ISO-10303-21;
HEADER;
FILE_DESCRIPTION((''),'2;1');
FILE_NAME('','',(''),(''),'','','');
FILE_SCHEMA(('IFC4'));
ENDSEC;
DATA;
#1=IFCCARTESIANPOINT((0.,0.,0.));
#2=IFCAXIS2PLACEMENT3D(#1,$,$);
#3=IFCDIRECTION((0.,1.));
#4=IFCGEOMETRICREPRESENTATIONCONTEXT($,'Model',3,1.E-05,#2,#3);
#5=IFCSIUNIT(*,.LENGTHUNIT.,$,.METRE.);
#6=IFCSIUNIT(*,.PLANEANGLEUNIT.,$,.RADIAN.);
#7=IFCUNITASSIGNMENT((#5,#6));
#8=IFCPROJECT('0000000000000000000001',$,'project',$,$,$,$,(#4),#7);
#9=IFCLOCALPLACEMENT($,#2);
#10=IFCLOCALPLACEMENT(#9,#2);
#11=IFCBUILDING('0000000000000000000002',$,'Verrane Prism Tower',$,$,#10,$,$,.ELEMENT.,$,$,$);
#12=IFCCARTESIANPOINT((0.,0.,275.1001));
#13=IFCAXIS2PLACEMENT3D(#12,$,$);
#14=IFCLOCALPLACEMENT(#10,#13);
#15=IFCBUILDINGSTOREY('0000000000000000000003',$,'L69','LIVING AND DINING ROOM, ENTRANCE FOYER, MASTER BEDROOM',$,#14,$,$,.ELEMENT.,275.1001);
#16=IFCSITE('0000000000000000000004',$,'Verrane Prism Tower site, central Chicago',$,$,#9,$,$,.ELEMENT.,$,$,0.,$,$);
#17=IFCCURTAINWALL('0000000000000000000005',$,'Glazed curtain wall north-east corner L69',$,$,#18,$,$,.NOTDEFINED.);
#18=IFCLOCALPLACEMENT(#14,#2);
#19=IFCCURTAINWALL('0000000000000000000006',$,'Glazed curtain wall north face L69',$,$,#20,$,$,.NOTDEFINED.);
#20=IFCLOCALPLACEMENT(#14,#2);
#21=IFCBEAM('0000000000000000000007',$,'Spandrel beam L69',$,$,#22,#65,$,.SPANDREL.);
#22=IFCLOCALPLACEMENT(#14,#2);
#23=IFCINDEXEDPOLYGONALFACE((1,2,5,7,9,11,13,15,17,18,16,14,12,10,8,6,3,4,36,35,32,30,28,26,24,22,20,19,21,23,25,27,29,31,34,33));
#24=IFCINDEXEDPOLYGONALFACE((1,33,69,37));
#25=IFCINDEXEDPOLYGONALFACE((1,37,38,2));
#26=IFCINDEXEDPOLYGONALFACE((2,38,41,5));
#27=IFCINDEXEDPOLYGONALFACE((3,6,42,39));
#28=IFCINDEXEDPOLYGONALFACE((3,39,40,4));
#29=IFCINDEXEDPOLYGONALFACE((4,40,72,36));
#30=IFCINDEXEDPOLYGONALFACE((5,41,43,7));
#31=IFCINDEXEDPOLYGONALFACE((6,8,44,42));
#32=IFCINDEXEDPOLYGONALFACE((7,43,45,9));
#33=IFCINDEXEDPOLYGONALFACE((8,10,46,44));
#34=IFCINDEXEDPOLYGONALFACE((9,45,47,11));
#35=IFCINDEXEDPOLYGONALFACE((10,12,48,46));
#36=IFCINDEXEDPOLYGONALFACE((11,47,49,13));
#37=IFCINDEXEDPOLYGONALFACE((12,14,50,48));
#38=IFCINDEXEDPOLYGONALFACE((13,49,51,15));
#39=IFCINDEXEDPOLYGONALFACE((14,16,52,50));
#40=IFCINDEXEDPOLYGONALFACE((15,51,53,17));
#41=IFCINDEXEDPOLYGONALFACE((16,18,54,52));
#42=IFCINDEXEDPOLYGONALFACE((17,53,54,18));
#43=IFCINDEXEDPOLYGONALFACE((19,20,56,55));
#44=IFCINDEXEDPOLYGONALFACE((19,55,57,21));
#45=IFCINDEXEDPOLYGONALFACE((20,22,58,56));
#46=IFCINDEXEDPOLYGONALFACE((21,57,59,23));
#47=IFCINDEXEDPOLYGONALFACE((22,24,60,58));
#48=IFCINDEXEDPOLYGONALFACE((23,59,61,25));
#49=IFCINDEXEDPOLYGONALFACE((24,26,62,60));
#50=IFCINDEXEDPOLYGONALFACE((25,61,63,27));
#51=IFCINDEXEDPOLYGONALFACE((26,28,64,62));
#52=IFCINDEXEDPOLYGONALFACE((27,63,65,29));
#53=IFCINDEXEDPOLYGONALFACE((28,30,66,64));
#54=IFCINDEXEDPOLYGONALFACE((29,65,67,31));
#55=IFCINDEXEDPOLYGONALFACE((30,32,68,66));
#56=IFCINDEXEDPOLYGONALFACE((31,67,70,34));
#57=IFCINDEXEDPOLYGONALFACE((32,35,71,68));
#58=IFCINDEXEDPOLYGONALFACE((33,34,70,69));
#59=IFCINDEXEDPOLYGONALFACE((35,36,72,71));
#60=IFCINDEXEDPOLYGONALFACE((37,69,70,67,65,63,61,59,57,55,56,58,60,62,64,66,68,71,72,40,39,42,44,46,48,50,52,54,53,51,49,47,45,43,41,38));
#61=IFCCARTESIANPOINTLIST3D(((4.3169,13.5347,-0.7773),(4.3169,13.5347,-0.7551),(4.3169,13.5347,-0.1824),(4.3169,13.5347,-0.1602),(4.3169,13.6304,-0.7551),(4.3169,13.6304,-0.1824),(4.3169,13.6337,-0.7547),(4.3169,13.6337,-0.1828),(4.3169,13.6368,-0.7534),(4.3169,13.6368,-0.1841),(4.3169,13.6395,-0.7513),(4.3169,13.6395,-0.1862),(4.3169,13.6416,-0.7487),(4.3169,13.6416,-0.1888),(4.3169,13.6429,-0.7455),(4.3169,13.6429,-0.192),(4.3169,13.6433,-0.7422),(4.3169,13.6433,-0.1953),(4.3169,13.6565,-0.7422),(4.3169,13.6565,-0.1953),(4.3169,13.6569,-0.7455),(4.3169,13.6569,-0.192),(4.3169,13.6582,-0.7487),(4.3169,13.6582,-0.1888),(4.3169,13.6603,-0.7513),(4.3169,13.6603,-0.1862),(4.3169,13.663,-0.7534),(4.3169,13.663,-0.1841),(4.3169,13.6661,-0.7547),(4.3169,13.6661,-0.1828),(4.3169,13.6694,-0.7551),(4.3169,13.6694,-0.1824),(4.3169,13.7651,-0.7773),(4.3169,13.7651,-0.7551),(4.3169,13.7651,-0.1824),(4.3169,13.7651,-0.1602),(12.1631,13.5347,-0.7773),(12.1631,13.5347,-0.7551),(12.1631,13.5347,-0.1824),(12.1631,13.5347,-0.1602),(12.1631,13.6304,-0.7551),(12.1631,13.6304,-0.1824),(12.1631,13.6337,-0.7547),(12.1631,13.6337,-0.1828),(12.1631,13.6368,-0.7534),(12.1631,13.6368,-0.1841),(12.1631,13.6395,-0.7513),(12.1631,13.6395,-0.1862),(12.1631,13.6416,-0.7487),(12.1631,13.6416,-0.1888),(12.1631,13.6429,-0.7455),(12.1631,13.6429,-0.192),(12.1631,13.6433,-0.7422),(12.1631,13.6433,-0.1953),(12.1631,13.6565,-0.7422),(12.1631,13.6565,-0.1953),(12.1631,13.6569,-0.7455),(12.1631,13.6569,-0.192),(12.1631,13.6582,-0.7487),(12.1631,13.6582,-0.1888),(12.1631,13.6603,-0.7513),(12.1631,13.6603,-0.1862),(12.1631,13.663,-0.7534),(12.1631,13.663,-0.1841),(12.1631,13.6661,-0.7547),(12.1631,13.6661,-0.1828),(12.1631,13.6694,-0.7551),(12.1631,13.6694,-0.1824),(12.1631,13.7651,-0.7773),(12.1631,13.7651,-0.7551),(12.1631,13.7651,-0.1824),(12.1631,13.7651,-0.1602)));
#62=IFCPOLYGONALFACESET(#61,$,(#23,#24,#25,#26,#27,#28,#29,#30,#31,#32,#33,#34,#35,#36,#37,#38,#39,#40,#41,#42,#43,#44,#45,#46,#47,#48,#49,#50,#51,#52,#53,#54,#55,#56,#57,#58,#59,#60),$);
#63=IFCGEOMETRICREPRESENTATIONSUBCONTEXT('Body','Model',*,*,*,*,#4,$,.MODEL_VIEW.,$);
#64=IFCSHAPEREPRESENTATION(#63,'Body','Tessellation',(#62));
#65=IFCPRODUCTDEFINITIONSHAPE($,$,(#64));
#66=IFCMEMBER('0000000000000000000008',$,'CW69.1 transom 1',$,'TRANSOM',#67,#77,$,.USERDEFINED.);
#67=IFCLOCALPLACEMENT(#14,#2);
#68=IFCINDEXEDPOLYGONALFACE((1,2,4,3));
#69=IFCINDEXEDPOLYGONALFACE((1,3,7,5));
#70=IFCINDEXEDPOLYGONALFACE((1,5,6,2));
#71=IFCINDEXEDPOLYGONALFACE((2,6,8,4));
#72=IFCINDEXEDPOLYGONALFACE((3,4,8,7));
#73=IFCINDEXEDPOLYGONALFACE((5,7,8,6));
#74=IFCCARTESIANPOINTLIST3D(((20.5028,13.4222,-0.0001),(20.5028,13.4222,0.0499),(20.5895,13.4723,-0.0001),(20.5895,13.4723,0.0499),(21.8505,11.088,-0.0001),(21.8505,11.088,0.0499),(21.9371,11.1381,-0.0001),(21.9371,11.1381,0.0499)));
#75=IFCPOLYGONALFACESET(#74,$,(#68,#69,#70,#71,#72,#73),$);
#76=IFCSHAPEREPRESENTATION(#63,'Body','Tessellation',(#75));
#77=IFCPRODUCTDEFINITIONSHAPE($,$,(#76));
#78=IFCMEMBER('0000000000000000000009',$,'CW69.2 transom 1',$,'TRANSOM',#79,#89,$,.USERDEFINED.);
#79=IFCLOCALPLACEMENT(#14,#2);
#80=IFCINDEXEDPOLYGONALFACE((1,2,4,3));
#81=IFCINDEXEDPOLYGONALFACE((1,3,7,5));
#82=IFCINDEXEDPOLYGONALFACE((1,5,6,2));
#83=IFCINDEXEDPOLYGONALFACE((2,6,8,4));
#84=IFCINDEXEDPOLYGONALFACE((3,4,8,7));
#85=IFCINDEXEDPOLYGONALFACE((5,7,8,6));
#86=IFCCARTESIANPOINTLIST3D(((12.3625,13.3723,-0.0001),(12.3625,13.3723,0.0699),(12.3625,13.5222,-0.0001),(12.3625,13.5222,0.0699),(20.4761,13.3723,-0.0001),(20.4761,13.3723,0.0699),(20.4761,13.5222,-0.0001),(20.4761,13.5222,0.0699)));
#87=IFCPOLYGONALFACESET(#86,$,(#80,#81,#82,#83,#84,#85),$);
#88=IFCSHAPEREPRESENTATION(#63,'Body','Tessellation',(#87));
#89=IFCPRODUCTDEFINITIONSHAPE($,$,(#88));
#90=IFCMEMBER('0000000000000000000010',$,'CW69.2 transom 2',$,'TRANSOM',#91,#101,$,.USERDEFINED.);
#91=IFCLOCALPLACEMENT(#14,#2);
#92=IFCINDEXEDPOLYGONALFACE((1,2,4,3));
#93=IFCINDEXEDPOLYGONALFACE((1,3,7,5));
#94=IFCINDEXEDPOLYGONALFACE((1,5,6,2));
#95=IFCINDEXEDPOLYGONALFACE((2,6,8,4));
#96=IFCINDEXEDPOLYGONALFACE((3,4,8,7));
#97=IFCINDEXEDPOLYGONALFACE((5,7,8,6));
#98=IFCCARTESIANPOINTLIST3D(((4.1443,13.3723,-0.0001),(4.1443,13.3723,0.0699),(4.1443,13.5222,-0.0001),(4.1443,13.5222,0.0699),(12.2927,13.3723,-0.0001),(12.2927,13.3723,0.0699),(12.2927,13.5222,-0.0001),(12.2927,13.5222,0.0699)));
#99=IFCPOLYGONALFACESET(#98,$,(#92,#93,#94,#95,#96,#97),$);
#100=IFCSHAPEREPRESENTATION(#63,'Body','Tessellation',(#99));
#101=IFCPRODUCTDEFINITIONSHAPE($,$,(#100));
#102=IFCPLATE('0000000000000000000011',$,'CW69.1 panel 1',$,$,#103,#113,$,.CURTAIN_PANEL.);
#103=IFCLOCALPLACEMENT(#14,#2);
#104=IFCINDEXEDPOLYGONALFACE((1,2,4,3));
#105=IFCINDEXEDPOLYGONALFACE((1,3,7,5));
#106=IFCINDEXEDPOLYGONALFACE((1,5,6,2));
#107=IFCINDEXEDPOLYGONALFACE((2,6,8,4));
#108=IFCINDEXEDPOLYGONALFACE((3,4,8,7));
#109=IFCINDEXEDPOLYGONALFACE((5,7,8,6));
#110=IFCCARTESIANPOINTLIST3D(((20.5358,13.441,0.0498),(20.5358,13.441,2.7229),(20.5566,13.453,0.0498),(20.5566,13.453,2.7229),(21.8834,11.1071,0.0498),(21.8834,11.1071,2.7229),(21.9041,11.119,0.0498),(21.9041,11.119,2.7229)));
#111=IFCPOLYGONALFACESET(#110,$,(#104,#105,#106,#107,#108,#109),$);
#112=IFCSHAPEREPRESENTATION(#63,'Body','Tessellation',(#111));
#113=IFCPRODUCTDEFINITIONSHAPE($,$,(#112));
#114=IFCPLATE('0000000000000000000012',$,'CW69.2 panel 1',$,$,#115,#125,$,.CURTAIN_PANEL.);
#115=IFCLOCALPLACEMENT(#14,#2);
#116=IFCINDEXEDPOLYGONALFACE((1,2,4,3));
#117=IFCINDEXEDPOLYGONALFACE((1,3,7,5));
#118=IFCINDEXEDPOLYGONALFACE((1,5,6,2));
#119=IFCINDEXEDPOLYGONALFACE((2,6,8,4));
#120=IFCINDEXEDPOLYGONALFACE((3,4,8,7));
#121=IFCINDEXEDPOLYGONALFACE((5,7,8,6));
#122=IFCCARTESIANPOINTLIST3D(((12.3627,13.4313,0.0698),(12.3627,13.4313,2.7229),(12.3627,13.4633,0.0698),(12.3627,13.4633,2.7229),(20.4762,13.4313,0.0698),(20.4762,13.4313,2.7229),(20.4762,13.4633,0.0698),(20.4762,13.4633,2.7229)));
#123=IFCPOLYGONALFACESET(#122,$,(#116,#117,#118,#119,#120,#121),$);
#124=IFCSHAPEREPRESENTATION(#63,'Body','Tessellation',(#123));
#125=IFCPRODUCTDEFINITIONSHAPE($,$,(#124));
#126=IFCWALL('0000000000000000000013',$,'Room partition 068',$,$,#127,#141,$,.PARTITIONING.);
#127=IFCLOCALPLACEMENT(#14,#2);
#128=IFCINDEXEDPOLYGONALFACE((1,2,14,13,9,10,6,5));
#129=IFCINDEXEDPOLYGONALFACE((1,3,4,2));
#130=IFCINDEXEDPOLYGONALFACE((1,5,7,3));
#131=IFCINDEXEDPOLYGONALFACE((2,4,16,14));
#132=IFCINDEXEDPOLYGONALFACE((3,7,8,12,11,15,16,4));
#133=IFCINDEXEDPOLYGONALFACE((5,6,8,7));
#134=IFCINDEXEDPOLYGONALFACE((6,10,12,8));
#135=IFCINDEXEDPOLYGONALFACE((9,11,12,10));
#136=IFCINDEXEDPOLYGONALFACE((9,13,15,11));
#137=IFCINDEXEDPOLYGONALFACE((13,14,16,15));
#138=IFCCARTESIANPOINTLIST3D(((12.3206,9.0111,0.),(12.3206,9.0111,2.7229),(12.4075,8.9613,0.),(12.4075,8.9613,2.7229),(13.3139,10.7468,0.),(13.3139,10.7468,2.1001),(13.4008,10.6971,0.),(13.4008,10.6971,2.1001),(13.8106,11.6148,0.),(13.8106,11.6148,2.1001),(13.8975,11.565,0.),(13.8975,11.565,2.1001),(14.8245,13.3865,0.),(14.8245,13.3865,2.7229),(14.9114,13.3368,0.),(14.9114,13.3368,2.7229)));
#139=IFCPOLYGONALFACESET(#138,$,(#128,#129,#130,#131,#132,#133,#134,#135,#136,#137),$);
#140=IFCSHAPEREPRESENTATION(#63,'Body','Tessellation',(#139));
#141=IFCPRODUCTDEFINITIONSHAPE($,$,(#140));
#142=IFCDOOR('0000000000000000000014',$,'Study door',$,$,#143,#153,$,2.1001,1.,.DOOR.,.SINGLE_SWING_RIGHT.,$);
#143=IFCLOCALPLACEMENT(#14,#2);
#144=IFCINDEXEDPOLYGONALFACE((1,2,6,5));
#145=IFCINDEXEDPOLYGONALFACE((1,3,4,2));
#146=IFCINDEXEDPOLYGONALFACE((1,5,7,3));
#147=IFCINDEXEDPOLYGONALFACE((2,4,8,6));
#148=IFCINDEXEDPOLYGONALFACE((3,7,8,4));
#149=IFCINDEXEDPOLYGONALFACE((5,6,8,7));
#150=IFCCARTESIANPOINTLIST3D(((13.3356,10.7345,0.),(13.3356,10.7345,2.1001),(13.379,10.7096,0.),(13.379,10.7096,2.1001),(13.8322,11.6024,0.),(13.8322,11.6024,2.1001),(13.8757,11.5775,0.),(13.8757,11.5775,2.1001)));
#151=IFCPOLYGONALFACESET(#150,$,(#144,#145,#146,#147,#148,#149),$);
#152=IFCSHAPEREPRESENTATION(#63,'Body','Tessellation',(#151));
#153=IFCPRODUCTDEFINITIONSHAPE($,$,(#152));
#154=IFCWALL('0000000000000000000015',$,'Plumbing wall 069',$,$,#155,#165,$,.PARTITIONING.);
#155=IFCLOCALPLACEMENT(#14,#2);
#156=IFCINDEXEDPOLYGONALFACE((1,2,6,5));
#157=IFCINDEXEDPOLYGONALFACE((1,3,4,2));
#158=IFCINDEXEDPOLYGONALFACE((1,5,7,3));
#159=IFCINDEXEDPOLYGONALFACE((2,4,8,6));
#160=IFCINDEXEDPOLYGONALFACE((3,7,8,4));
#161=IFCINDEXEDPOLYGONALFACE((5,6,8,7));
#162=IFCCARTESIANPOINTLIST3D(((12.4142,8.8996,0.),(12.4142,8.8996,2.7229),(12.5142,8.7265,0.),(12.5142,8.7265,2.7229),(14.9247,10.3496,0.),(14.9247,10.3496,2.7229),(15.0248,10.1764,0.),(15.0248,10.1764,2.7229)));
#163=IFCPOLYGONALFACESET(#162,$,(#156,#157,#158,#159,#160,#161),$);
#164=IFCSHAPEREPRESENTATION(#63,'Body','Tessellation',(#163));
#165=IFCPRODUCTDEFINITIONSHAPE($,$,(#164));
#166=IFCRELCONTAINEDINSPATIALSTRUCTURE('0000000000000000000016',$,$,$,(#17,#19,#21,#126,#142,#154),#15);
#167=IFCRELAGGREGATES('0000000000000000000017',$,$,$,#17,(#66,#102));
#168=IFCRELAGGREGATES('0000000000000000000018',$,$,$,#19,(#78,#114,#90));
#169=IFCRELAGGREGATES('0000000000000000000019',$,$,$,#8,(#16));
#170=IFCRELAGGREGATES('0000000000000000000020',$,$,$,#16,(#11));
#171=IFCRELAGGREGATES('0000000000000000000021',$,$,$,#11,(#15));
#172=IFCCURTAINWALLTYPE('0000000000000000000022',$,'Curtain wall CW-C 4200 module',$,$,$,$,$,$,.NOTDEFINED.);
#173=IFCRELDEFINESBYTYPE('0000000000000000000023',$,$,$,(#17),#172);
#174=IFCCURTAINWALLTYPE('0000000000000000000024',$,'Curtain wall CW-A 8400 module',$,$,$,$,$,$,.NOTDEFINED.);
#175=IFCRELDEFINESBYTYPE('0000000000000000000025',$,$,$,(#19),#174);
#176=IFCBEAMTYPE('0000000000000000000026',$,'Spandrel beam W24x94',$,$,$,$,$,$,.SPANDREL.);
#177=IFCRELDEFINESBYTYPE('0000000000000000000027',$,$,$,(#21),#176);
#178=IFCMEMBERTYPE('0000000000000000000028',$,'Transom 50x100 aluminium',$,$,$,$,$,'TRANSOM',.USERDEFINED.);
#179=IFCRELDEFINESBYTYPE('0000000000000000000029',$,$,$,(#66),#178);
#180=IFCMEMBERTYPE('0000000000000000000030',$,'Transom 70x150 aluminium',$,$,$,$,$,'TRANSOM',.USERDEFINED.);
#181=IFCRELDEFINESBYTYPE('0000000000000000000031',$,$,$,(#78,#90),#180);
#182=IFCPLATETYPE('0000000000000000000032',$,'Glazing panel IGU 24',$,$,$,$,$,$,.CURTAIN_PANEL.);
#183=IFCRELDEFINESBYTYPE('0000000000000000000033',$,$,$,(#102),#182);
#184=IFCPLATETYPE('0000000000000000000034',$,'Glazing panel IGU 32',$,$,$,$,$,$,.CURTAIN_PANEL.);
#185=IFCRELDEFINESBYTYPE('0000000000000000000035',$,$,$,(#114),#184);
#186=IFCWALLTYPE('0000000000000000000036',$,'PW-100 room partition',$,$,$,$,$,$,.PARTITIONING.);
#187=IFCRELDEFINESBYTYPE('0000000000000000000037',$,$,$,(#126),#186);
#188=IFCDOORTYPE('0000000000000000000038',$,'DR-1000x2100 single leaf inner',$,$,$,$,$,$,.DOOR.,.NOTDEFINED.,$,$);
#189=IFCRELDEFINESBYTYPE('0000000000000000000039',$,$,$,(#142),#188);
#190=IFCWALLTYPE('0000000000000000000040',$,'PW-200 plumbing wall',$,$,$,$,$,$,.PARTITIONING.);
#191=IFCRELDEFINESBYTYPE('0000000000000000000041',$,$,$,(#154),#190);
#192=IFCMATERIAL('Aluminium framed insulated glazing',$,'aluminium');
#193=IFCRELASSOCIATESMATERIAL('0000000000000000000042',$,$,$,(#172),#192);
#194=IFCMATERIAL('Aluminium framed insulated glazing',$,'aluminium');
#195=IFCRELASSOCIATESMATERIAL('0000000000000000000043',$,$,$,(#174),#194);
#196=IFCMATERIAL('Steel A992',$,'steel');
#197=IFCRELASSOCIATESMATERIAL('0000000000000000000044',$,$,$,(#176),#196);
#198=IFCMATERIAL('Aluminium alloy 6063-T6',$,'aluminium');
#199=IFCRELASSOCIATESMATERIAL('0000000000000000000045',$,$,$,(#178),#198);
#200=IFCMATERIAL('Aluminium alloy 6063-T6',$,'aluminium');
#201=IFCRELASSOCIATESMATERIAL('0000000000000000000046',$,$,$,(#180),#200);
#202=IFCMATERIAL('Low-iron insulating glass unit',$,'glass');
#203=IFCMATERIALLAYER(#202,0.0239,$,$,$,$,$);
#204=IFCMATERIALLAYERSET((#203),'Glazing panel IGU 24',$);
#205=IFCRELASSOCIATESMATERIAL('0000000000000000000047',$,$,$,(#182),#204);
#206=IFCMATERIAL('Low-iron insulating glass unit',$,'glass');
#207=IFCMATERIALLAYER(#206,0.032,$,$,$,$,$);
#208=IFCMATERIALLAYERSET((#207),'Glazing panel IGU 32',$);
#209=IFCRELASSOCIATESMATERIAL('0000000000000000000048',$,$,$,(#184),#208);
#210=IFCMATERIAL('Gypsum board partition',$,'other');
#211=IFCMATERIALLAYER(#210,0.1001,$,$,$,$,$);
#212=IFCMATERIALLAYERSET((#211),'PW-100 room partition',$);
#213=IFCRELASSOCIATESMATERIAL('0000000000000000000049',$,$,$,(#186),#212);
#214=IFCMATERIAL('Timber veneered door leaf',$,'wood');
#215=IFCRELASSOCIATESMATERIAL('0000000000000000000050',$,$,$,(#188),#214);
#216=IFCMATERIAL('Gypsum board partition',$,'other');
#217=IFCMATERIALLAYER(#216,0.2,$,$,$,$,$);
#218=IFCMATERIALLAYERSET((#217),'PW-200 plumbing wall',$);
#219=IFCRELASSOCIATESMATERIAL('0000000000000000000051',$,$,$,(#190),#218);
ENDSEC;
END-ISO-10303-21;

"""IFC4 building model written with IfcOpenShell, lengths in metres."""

from ifc_helpers import new_model, si_unit, direction, frame, frame_2d, origin, origin_2d, place, context, subcontext, project, spatial, rectangle, i_section, extrude, material, layer, layer_set, material_profile, profile_set, type_object, element, fill, aggregate, save


model = new_model("IFC4")

# Units and contexts
model_context = context("Model", 3, precision=1e-05, world=origin(), true_north=direction((0.0, 1.0)))
body_context = subcontext(model_context, "Body", "Model", "MODEL_VIEW")
ifc_project = project(units=[si_unit("LENGTHUNIT", "METRE"), si_unit("PLANEANGLEUNIT", "RADIAN")], contexts=[model_context])

# Site, building, storey
site_placement = place(None, origin())
site = spatial("IfcSite", under=ifc_project, at=site_placement, Name="Verrane Prism Tower site, central Chicago", CompositionType="ELEMENT", RefElevation=0.0)
building_placement = place(site_placement, origin())
building = spatial("IfcBuilding", under=site, at=building_placement, Name="Verrane Prism Tower", CompositionType="ELEMENT")
storey_placement = place(building_placement, frame((0.0, 0.0, 275.1001)))
storey = spatial("IfcBuildingStorey", under=building, at=storey_placement, Name="L69", Description="LIVING AND DINING ROOM, ENTRANCE FOYER, MASTER BEDROOM", CompositionType="ELEMENT", Elevation=275.1001)

# Curtain wall
ifc_material_1 = material(Name="Aluminium framed insulated glazing", Category="aluminium")
curtain_wall_type_1 = type_object("IfcCurtainWallType", Name="Curtain wall CW-C 4200 module", PredefinedType="NOTDEFINED", material=ifc_material_1)
curtain_wall_1_placement = place(storey_placement, origin())
curtain_wall_1 = element("IfcCurtainWall", 1, at=curtain_wall_1_placement, inside=storey, type_object=curtain_wall_type_1, Name="Glazed curtain wall north-east corner L69", PredefinedType="NOTDEFINED")

# Curtain wall
ifc_material_2 = material(Name="Aluminium framed insulated glazing", Category="aluminium")
curtain_wall_type_2 = type_object("IfcCurtainWallType", Name="Curtain wall CW-A 8400 module", PredefinedType="NOTDEFINED", material=ifc_material_2)
curtain_wall_2_placement = place(storey_placement, origin())
curtain_wall_2 = element("IfcCurtainWall", 2, at=curtain_wall_2_placement, inside=storey, type_object=curtain_wall_type_2, Name="Glazed curtain wall north face L69", PredefinedType="NOTDEFINED")

# Beam
ifc_material_3 = material(Name="Steel A992", Category="steel")
ifc_material_profile_1 = material_profile(ifc_material_3, i_section(OverallWidth=0.2305, OverallDepth=0.6172, WebThickness=0.0132, FlangeThickness=0.0222, FilletRadius=0.0129, at=origin_2d()), Name="W24x94")
ifc_profile_set_1 = profile_set([ifc_material_profile_1], Name="Steel A992")
beam_type_1 = type_object("IfcBeamType", Name="Spandrel beam W24x94", PredefinedType="SPANDREL", material=ifc_profile_set_1)
beam_1_placement = place(storey_placement, frame((12.1631, 13.6499, -0.4688), z_axis=(-1.0, 0.0, 0.0), x_axis=(0.0, -1.0, 0.0)))
element("IfcBeam", 3, at=beam_1_placement, inside=storey, type_object=beam_type_1, Name="Spandrel beam L69", PredefinedType="SPANDREL", context=body_context, shape_type="SweptSolid", body=[
    extrude(i_section(OverallWidth=0.2305, OverallDepth=0.6172, WebThickness=0.0132, FlangeThickness=0.0222, FilletRadius=0.0129, at=origin_2d()), origin(), (0.0, 0.0, 1.0), 7.8462),
])

# Members
ifc_material_4 = material(Name="Aluminium alloy 6063-T6", Category="aluminium")
ifc_material_profile_2 = material_profile(ifc_material_4, rectangle(XDim=0.1001, YDim=0.05, at=origin_2d()), Name="Transom 50x100 aluminium")
ifc_profile_set_2 = profile_set([ifc_material_profile_2], Name="Aluminium alloy 6063-T6")
member_type_1 = type_object("IfcMemberType", Name="Transom 50x100 aluminium", ElementType="TRANSOM", PredefinedType="USERDEFINED", material=ifc_profile_set_2)
member_1_placement = place(storey_placement, frame((21.8938, 11.113, 0.0249), z_axis=(-0.499997, 0.866027, 0.0), x_axis=(-0.866027, -0.499997, 0.0)))
member_1 = element("IfcMember", 4, at=member_1_placement, type_object=member_type_1, Name="CW69.1 transom 1", ObjectType="TRANSOM", PredefinedType="USERDEFINED", context=body_context, shape_type="SweptSolid", body=[
    extrude(rectangle(XDim=0.1001, YDim=0.05, at=origin_2d()), origin(), (0.0, 0.0, 1.0), 2.6953),
])
ifc_material_5 = material(Name="Aluminium alloy 6063-T6", Category="aluminium")
ifc_material_profile_3 = material_profile(ifc_material_5, rectangle(XDim=0.1499, YDim=0.0701, at=origin_2d()), Name="Transom 70x150 aluminium")
ifc_profile_set_3 = profile_set([ifc_material_profile_3], Name="Aluminium alloy 6063-T6")
member_type_2 = type_object("IfcMemberType", Name="Transom 70x150 aluminium", ElementType="TRANSOM", PredefinedType="USERDEFINED", material=ifc_profile_set_3)
member_2_placement = place(storey_placement, frame((20.4761, 13.4473, 0.0349), z_axis=(-1.0, 0.0, 0.0), x_axis=(0.0, -1.0, 0.0)))
member_2 = element("IfcMember", 5, at=member_2_placement, type_object=member_type_2, Name="CW69.2 transom 1", ObjectType="TRANSOM", PredefinedType="USERDEFINED", context=body_context, shape_type="SweptSolid", body=[
    extrude(rectangle(XDim=0.1499, YDim=0.0701, at=origin_2d()), origin(), (0.0, 0.0, 1.0), 8.1135),
])
member_3_placement = place(storey_placement, frame((12.2927, 13.4473, 0.0349), z_axis=(-1.0, 0.0, 0.0), x_axis=(0.0, -1.0, 0.0)))
member_3 = element("IfcMember", 6, at=member_3_placement, type_object=member_type_2, Name="CW69.2 transom 2", ObjectType="TRANSOM", PredefinedType="USERDEFINED", context=body_context, shape_type="SweptSolid", body=[
    extrude(rectangle(XDim=0.1499, YDim=0.0701, at=origin_2d()), origin(), (0.0, 0.0, 1.0), 8.1484),
])

# Plates
ifc_material_6 = material(Name="Low-iron insulating glass unit", Category="glass")
ifc_layer_1 = layer(ifc_material_6, 0.0239)
ifc_layer_set_1 = layer_set([ifc_layer_1], Name="Glazing panel IGU 24")
plate_type_1 = type_object("IfcPlateType", Name="Glazing panel IGU 24", PredefinedType="CURTAIN_PANEL", material=ifc_layer_set_1)
plate_1_placement = place(storey_placement, frame((21.22, 12.28, 0.0498), z_axis=(0.0, 0.0, 1.0), x_axis=(-0.500002, 0.866024, 0.0)))
plate_1 = element("IfcPlate", 7, at=plate_1_placement, type_object=plate_type_1, Name="CW69.1 panel 1", PredefinedType="CURTAIN_PANEL", context=body_context, shape_type="SweptSolid", body=[
    extrude(rectangle(XDim=2.6951, YDim=0.0239, at=origin_2d()), origin(), (0.0, 0.0, 1.0), 2.6731),
])
aggregate(curtain_wall_1, [member_1, plate_1])
ifc_material_7 = material(Name="Low-iron insulating glass unit", Category="glass")
ifc_layer_2 = layer(ifc_material_7, 0.032)
ifc_layer_set_2 = layer_set([ifc_layer_2], Name="Glazing panel IGU 32")
plate_type_2 = type_object("IfcPlateType", Name="Glazing panel IGU 32", PredefinedType="CURTAIN_PANEL", material=ifc_layer_set_2)
plate_2_placement = place(storey_placement, frame((16.4194, 13.4473, 0.0698), z_axis=(0.0, 0.0, 1.0), x_axis=(-1.0, 0.0, 0.0)))
plate_2 = element("IfcPlate", 8, at=plate_2_placement, type_object=plate_type_2, Name="CW69.2 panel 1", PredefinedType="CURTAIN_PANEL", context=body_context, shape_type="SweptSolid", body=[
    extrude(rectangle(XDim=8.1135, YDim=0.032, at=origin_2d()), origin(), (0.0, 0.0, 1.0), 2.6531),
])
aggregate(curtain_wall_2, [member_2, plate_2, member_3])

# Wall, opening, door
ifc_material_8 = material(Name="Gypsum board partition", Category="other")
ifc_layer_3 = layer(ifc_material_8, 0.1001)
ifc_layer_set_3 = layer_set([ifc_layer_3], Name="PW-100 room partition")
wall_type_1 = type_object("IfcWallType", Name="PW-100 room partition", PredefinedType="PARTITIONING", material=ifc_layer_set_3)
wall_1_placement = place(storey_placement, frame((14.8679, 13.3616, 0.0), z_axis=(0.0, 0.0, 1.0), x_axis=(-0.496681, -0.867933, 0.0)))
wall_1 = element("IfcWall", 9, at=wall_1_placement, inside=storey, type_object=wall_type_1, Name="Room partition 068", PredefinedType="PARTITIONING", context=body_context, shape_type="SweptSolid", body=[
    extrude(rectangle(XDim=5.0413, YDim=0.1001, at=frame_2d((2.5205, 0.0))), origin(), (0.0, 0.0, 1.0), 2.7229),
])
opening_placement = place(wall_1_placement, frame((2.0413, 0.0, 0.0)))
opening = element("IfcOpeningElement", 10, at=opening_placement, cuts=wall_1, PredefinedType="OPENING", context=body_context, shape_type="SweptSolid", body=[
    extrude(rectangle(XDim=1.0, YDim=2.1001, at=frame_2d((0.5, 1.05))), frame((0.0, 0.0601, 0.0), z_axis=(0.0, -1.0, 0.0), x_axis=(1.0, 0.0, 0.0)), (0.0, 0.0, 1.0), 0.1201),
])
ifc_material_9 = material(Name="Timber veneered door leaf", Category="wood")
door_type = type_object("IfcDoorType", Name="DR-1000x2100 single leaf inner", OperationType="NOTDEFINED", PredefinedType="DOOR", material=ifc_material_9)
door_placement = place(opening_placement, origin())
door = element("IfcDoor", 11, at=door_placement, inside=storey, type_object=door_type, Name="Study door", OperationType="SINGLE_SWING_RIGHT", OverallHeight=2.1001, OverallWidth=1.0, PredefinedType="DOOR", context=body_context, shape_type="SweptSolid", body=[
    extrude(rectangle(XDim=1.0, YDim=2.1001, at=frame_2d((0.5, 1.05))), frame((0.0, 0.0249, 0.0), z_axis=(0.0, -1.0, 0.0), x_axis=(1.0, 0.0, 0.0)), (0.0, 0.0, 1.0), 0.05),
])
fill(opening, door)

# Wall
ifc_material_10 = material(Name="Gypsum board partition", Category="other")
ifc_layer_4 = layer(ifc_material_10, 0.2)
ifc_layer_set_4 = layer_set([ifc_layer_4], Name="PW-200 plumbing wall")
wall_type_2 = type_object("IfcWallType", Name="PW-200 plumbing wall", PredefinedType="PARTITIONING", material=ifc_layer_set_4)
wall_2_placement = place(storey_placement, frame((12.4641, 8.813, 0.0), z_axis=(0.0, 0.0, 1.0), x_axis=(0.865949, 0.500133, 0.0)))
element("IfcWall", 12, at=wall_2_placement, inside=storey, type_object=wall_type_2, Name="Plumbing wall 069", PredefinedType="PARTITIONING", context=body_context, shape_type="SweptSolid", body=[
    extrude(rectangle(XDim=2.8992, YDim=0.2, at=frame_2d((1.4497, 0.0))), origin(), (0.0, 0.0, 1.0), 2.7229),
])

save(model, "model.ifc")
